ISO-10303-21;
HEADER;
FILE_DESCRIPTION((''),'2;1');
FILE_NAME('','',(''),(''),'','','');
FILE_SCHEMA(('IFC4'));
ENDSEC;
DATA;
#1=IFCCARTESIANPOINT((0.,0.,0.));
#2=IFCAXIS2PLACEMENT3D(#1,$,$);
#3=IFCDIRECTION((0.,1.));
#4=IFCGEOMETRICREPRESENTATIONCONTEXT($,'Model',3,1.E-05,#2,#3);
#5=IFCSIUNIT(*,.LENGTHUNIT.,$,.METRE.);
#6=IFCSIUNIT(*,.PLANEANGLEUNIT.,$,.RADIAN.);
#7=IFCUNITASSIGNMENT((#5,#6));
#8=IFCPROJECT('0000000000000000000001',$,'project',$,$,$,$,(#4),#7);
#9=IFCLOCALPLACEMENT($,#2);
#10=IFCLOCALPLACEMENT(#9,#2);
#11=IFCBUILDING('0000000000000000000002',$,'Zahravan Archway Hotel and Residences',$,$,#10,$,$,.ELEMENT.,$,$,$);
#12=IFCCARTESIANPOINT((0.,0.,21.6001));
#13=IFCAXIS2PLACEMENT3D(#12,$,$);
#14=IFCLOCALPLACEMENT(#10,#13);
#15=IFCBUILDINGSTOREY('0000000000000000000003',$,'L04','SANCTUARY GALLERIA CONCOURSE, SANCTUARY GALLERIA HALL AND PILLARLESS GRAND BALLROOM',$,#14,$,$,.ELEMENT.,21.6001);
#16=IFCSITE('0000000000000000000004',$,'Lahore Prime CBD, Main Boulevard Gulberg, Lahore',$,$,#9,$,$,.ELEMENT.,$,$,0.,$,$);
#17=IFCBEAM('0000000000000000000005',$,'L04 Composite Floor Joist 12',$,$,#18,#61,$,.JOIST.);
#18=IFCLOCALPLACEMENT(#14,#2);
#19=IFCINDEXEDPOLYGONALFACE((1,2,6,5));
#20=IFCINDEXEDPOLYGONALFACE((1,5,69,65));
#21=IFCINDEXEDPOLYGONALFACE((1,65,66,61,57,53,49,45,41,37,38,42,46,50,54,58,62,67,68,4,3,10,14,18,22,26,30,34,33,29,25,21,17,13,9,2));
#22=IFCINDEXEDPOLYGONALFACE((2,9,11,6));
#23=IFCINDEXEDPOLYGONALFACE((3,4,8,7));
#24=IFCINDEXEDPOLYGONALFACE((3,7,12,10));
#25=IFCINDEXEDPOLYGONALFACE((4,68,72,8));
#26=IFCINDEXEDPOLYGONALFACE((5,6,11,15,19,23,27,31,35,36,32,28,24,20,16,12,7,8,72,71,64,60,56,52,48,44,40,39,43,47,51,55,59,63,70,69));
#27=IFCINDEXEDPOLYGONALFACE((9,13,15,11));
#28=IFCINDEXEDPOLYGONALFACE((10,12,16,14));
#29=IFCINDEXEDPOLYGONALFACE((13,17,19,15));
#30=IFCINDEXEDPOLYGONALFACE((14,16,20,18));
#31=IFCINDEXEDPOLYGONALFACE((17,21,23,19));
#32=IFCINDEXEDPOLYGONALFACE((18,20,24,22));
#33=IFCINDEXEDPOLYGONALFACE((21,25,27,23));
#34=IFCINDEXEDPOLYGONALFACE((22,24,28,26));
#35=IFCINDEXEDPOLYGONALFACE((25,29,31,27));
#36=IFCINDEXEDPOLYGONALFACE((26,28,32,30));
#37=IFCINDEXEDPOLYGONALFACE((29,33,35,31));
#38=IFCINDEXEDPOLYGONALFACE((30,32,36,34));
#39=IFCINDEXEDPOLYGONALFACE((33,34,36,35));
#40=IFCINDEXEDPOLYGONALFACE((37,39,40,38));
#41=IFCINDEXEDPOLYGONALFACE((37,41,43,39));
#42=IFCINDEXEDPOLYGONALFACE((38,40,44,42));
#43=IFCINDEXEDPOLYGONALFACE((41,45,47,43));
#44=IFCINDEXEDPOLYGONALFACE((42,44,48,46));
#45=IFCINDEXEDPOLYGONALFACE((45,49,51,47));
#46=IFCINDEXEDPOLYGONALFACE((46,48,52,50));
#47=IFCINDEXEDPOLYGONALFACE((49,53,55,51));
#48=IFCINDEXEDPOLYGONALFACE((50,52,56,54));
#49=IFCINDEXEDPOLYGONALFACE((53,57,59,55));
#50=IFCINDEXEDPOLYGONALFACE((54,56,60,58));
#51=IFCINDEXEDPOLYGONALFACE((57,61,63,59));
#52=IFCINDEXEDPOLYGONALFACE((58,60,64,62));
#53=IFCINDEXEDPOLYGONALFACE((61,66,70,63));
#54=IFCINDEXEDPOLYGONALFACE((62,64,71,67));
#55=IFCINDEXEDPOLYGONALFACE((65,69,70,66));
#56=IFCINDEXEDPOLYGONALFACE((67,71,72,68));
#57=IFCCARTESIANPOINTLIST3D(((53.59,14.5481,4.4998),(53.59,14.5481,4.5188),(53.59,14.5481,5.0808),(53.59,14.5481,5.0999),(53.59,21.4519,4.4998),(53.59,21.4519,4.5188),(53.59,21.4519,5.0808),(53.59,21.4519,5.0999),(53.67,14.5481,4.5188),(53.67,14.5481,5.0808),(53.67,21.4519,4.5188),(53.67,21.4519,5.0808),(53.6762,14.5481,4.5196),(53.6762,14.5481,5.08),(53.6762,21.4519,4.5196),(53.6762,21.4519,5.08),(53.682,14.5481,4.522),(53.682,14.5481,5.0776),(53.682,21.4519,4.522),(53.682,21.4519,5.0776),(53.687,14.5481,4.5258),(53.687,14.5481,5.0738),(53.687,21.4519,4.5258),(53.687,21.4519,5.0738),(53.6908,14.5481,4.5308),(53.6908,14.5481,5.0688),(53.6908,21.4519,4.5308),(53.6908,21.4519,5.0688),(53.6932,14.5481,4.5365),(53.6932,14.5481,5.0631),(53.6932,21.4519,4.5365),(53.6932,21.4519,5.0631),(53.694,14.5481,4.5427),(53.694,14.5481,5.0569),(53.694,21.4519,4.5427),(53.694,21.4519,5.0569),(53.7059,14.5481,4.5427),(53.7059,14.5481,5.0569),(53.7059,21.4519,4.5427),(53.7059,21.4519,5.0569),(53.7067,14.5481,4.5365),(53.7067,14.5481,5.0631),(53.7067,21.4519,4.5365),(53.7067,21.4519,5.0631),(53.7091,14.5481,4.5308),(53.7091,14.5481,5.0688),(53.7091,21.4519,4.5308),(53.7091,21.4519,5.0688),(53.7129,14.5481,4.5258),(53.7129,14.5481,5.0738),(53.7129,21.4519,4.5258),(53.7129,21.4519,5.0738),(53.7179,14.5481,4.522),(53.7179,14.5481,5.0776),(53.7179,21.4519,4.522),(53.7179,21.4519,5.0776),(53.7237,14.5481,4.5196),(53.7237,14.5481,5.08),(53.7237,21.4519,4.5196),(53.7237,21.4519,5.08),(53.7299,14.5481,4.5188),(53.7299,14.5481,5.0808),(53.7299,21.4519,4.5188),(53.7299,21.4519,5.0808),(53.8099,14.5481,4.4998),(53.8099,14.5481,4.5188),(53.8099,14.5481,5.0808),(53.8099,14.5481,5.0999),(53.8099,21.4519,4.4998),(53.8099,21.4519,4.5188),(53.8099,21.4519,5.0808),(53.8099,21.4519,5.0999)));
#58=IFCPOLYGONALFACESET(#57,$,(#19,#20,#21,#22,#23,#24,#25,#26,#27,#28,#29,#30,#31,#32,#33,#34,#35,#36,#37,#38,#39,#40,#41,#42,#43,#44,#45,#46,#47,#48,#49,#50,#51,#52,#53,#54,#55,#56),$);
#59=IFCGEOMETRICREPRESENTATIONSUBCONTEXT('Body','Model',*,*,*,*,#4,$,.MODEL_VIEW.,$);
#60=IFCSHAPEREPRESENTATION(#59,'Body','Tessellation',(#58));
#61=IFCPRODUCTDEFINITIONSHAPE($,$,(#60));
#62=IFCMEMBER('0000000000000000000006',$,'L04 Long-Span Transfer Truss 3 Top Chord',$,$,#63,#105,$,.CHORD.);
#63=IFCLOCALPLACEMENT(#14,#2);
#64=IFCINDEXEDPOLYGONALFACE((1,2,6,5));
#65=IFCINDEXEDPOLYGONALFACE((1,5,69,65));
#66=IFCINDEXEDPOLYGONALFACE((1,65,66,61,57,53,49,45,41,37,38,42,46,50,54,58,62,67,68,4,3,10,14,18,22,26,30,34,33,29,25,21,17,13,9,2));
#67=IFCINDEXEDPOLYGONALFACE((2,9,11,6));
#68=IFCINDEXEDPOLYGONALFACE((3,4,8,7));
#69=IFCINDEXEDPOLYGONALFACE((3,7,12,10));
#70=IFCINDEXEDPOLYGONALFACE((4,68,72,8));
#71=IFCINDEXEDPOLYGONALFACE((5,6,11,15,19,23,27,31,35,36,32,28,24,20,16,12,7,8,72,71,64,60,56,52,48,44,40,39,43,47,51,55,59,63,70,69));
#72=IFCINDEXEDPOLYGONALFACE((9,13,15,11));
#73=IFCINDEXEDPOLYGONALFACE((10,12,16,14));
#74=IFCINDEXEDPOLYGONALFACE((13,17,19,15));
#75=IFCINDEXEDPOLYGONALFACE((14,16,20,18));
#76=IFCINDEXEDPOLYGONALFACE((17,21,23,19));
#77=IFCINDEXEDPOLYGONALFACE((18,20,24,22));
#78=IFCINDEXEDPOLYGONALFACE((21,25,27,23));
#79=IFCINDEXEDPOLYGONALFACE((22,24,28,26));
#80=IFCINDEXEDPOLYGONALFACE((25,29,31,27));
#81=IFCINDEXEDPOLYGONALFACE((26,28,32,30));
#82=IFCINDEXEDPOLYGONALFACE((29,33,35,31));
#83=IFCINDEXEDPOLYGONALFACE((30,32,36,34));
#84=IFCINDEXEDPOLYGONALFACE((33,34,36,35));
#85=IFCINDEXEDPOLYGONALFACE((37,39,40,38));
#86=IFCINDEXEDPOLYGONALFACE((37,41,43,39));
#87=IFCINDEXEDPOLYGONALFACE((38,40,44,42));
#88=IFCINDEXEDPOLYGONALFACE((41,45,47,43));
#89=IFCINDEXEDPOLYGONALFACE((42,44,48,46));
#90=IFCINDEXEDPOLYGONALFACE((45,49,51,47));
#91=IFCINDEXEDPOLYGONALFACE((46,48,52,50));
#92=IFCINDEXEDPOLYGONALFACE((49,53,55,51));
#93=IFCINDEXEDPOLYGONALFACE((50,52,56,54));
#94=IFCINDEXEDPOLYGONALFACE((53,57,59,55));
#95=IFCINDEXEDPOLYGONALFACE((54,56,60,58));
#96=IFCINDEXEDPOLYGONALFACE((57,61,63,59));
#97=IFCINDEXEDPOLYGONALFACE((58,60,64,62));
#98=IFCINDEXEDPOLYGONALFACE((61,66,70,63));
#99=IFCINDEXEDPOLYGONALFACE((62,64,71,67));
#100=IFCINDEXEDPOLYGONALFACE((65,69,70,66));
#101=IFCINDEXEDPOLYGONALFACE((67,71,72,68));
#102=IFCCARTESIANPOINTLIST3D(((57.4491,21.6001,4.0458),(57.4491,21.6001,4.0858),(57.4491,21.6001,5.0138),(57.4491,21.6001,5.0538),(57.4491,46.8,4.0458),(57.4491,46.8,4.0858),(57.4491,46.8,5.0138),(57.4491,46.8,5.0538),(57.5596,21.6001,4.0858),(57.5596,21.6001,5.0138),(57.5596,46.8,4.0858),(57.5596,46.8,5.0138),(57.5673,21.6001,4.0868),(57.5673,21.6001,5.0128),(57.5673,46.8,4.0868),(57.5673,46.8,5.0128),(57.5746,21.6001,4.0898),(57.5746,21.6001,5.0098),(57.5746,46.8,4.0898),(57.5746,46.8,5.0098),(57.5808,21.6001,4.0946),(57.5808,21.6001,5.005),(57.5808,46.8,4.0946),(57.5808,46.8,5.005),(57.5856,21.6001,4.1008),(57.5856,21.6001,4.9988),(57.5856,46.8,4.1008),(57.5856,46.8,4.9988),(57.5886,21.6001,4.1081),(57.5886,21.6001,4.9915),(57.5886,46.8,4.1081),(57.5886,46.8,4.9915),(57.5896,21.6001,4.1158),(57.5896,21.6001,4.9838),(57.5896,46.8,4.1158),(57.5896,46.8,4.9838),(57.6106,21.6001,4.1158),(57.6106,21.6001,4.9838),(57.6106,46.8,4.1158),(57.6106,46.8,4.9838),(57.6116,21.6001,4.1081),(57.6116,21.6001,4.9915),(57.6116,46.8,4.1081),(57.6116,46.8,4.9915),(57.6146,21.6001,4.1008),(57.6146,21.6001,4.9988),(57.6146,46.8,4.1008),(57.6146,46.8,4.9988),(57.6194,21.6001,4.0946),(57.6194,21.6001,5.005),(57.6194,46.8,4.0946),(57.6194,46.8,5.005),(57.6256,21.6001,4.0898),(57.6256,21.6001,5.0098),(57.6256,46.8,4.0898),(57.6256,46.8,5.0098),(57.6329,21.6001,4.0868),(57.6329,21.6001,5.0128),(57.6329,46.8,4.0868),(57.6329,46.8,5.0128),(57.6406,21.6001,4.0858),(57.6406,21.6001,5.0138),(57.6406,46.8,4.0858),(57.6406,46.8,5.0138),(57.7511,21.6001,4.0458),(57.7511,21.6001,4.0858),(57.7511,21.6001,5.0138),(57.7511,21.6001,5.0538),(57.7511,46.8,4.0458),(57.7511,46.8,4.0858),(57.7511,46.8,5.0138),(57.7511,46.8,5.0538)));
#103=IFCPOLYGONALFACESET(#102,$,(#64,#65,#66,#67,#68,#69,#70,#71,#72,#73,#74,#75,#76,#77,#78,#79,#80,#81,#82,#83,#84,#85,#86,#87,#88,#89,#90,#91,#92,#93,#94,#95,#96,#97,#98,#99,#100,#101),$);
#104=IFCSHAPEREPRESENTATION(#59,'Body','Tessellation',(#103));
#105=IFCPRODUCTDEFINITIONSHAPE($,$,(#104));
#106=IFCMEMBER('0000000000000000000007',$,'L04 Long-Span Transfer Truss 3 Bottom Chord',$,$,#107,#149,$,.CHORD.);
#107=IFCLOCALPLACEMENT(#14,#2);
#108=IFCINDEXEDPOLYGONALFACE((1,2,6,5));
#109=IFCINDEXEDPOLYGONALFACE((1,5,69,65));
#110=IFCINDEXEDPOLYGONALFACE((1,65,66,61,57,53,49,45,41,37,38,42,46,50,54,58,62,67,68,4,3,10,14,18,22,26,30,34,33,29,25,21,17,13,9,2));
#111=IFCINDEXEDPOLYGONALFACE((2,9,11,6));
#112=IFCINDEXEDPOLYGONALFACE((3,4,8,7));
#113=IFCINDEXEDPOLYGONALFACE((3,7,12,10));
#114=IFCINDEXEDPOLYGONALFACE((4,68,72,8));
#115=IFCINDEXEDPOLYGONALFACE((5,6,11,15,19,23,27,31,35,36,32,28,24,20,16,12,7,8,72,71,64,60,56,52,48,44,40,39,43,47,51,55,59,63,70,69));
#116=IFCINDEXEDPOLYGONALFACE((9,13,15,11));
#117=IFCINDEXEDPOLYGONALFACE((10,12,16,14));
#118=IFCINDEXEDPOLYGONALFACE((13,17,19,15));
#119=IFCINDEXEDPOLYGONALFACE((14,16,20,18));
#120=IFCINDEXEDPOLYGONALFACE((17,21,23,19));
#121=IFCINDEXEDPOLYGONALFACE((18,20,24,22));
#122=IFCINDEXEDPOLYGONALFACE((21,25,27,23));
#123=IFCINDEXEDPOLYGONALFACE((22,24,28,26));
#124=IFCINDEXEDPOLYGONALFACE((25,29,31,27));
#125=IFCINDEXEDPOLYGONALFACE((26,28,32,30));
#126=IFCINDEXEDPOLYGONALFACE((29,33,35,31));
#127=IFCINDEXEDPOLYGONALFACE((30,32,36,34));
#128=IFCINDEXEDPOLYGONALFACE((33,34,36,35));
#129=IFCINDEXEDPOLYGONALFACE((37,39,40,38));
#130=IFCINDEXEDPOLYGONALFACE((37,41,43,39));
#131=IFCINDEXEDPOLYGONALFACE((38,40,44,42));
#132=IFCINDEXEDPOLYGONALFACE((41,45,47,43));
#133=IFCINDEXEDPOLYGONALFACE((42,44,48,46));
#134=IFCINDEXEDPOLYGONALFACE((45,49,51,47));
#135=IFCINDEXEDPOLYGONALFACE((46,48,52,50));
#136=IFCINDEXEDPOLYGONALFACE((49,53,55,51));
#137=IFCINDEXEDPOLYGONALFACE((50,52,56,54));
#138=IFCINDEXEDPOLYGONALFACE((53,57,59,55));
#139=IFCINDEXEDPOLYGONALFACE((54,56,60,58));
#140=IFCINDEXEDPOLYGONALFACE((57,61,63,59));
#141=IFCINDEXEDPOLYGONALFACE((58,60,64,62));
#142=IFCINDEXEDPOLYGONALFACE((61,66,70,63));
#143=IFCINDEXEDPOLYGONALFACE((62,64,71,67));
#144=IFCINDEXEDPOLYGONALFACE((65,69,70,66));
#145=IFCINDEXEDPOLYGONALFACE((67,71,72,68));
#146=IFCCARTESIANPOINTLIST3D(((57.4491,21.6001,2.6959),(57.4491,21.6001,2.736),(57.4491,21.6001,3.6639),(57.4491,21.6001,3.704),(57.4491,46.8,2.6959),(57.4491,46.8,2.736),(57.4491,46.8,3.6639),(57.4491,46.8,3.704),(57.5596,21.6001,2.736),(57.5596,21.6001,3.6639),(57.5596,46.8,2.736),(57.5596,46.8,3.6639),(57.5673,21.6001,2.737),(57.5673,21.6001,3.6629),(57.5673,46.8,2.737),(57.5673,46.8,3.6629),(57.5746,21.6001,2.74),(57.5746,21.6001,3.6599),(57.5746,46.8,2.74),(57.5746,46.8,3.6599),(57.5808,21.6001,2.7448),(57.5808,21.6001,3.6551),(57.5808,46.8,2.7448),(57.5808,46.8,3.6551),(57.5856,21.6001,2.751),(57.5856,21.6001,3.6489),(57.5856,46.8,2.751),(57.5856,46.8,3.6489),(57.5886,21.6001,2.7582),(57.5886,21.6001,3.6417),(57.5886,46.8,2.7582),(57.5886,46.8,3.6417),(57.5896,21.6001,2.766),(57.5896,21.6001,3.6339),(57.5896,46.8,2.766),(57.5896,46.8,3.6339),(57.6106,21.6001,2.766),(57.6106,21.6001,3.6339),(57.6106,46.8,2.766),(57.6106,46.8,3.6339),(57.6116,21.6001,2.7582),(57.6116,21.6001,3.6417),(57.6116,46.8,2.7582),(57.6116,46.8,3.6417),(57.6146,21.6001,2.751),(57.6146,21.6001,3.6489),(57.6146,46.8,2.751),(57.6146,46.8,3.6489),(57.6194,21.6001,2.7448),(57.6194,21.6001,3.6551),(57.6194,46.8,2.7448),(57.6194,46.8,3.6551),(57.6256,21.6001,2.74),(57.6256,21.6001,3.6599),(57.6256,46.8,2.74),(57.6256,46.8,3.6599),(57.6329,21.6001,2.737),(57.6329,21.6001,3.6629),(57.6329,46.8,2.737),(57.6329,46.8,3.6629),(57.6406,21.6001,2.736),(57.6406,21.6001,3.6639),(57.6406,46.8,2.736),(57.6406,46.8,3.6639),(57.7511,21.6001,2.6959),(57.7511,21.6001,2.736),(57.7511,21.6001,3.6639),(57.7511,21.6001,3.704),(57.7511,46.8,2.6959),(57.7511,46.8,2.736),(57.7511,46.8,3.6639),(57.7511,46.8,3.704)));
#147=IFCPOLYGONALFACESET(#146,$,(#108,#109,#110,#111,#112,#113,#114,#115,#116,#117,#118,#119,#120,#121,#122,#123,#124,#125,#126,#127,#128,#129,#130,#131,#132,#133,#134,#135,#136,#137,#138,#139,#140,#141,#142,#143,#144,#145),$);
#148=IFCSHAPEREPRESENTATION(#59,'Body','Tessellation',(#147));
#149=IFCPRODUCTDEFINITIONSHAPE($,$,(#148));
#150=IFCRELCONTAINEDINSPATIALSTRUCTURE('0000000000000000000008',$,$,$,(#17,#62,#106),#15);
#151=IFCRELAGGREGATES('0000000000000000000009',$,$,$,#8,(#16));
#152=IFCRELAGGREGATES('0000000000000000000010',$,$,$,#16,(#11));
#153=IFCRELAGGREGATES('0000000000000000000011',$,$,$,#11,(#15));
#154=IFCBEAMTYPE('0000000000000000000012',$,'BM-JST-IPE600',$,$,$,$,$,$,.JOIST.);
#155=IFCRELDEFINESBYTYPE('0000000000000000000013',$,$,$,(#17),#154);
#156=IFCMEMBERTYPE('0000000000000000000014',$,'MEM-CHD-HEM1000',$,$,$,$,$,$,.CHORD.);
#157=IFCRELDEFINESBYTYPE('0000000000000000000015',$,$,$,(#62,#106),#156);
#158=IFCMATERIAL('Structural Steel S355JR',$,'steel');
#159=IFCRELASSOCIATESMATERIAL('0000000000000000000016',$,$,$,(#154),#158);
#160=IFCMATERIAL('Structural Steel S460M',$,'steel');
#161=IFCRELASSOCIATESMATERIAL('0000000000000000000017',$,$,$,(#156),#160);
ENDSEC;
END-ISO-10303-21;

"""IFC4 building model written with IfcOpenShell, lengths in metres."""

from ifc_helpers import new_model, si_unit, direction, frame, origin, origin_2d, place, context, subcontext, project, spatial, i_section, extrude, source, transform, mapped, material, material_profile, profile_set, type_object, type_shapes, element, save


model = new_model("IFC4")

# Units and contexts
model_context = context("Model", 3, precision=1e-05, world=origin(), true_north=direction((0.0, 1.0)))
body_context = subcontext(model_context, "Body", "Model", "MODEL_VIEW")
ifc_project = project(units=[si_unit("LENGTHUNIT", "METRE"), si_unit("PLANEANGLEUNIT", "RADIAN")], contexts=[model_context])

# Site, building, storey
site_placement = place(None, origin())
site = spatial("IfcSite", under=ifc_project, at=site_placement, Name="Lahore Prime CBD, Main Boulevard Gulberg, Lahore", CompositionType="ELEMENT", RefElevation=0.0)
building_placement = place(site_placement, origin())
building = spatial("IfcBuilding", under=site, at=building_placement, Name="Zahravan Archway Hotel and Residences", CompositionType="ELEMENT")
storey_placement = place(building_placement, frame((0.0, 0.0, 21.6001)))
storey = spatial("IfcBuildingStorey", under=building, at=storey_placement, Name="L04", Description="SANCTUARY GALLERIA CONCOURSE, SANCTUARY GALLERIA HALL AND PILLARLESS GRAND BALLROOM", CompositionType="ELEMENT", Elevation=21.6001)

# Beam
ifc_material_1 = material(Name="Structural Steel S355JR", Category="steel")
ifc_material_profile_1 = material_profile(ifc_material_1, i_section(OverallWidth=0.22, OverallDepth=0.6001, WebThickness=0.012, FlangeThickness=0.019, FilletRadius=0.0239, at=origin_2d()), Name="IPE 600", Category="steel")
ifc_profile_set_1 = profile_set([ifc_material_profile_1], Name="Structural Steel S355JR")
beam_type_1 = type_object("IfcBeamType", Name="BM-JST-IPE600", PredefinedType="JOIST", material=ifc_profile_set_1)
shared_shape_1 = source(origin(), body_context, "Body", "SweptSolid", [
    extrude(i_section(OverallWidth=0.22, OverallDepth=0.6001, WebThickness=0.012, FlangeThickness=0.019, FilletRadius=0.0239, at=origin_2d()), origin(), (0.0, 0.0, 1.0), 6.9038),
])
beam_1_placement = place(storey_placement, frame((53.7, 14.5481, 4.7998), z_axis=(0.0, 1.0, 0.0), x_axis=(-1.0, 0.0, 0.0)))
element("IfcBeam", 1, at=beam_1_placement, inside=storey, type_object=beam_type_1, Name="L04 Composite Floor Joist 12", PredefinedType="JOIST", context=body_context, shape_type="MappedRepresentation", body=[
    mapped(shared_shape_1, transform((0.0, 0.0, 0.0), scale=1.0)),
])

# Members
ifc_material_2 = material(Name="Structural Steel S460M", Category="steel")
ifc_material_profile_2 = material_profile(ifc_material_2, i_section(OverallWidth=0.302, OverallDepth=1.0081, WebThickness=0.021, FlangeThickness=0.04, FilletRadius=0.03, at=origin_2d()), Name="HEM 1000", Category="steel")
ifc_profile_set_2 = profile_set([ifc_material_profile_2], Name="Structural Steel S460M")
member_type_1 = type_object("IfcMemberType", Name="MEM-CHD-HEM1000", PredefinedType="CHORD", material=ifc_profile_set_2)
shared_shape_2 = source(origin(), body_context, "Body", "SweptSolid", [
    extrude(i_section(OverallWidth=0.302, OverallDepth=1.0081, WebThickness=0.021, FlangeThickness=0.04, FilletRadius=0.03, at=origin_2d()), origin(), (0.0, 0.0, 1.0), 25.2),
])
type_shapes(member_type_1, [shared_shape_2])
for number, where, z_axis, x_axis, name in (
    (2, (57.6001, 21.6001, 4.5498), (0.0, 1.0, 0.0), (-1.0, 0.0, 0.0), "L04 Long-Span Transfer Truss 3 Top Chord"),
    (3, (57.6001, 21.6001, 3.2), (0.0, 1.0, 0.0), (-1.0, 0.0, 0.0), "L04 Long-Span Transfer Truss 3 Bottom Chord"),
):
    element("IfcMember", number, at=place(storey_placement, frame(where, z_axis=z_axis, x_axis=x_axis)), inside=storey, type_object=member_type_1, Name=name, PredefinedType="CHORD", context=body_context, shape_type="MappedRepresentation", body=[
        mapped(shared_shape_2, transform((0.0, 0.0, 0.0), scale=1.0)),
    ])

save(model, "model.ifc")
